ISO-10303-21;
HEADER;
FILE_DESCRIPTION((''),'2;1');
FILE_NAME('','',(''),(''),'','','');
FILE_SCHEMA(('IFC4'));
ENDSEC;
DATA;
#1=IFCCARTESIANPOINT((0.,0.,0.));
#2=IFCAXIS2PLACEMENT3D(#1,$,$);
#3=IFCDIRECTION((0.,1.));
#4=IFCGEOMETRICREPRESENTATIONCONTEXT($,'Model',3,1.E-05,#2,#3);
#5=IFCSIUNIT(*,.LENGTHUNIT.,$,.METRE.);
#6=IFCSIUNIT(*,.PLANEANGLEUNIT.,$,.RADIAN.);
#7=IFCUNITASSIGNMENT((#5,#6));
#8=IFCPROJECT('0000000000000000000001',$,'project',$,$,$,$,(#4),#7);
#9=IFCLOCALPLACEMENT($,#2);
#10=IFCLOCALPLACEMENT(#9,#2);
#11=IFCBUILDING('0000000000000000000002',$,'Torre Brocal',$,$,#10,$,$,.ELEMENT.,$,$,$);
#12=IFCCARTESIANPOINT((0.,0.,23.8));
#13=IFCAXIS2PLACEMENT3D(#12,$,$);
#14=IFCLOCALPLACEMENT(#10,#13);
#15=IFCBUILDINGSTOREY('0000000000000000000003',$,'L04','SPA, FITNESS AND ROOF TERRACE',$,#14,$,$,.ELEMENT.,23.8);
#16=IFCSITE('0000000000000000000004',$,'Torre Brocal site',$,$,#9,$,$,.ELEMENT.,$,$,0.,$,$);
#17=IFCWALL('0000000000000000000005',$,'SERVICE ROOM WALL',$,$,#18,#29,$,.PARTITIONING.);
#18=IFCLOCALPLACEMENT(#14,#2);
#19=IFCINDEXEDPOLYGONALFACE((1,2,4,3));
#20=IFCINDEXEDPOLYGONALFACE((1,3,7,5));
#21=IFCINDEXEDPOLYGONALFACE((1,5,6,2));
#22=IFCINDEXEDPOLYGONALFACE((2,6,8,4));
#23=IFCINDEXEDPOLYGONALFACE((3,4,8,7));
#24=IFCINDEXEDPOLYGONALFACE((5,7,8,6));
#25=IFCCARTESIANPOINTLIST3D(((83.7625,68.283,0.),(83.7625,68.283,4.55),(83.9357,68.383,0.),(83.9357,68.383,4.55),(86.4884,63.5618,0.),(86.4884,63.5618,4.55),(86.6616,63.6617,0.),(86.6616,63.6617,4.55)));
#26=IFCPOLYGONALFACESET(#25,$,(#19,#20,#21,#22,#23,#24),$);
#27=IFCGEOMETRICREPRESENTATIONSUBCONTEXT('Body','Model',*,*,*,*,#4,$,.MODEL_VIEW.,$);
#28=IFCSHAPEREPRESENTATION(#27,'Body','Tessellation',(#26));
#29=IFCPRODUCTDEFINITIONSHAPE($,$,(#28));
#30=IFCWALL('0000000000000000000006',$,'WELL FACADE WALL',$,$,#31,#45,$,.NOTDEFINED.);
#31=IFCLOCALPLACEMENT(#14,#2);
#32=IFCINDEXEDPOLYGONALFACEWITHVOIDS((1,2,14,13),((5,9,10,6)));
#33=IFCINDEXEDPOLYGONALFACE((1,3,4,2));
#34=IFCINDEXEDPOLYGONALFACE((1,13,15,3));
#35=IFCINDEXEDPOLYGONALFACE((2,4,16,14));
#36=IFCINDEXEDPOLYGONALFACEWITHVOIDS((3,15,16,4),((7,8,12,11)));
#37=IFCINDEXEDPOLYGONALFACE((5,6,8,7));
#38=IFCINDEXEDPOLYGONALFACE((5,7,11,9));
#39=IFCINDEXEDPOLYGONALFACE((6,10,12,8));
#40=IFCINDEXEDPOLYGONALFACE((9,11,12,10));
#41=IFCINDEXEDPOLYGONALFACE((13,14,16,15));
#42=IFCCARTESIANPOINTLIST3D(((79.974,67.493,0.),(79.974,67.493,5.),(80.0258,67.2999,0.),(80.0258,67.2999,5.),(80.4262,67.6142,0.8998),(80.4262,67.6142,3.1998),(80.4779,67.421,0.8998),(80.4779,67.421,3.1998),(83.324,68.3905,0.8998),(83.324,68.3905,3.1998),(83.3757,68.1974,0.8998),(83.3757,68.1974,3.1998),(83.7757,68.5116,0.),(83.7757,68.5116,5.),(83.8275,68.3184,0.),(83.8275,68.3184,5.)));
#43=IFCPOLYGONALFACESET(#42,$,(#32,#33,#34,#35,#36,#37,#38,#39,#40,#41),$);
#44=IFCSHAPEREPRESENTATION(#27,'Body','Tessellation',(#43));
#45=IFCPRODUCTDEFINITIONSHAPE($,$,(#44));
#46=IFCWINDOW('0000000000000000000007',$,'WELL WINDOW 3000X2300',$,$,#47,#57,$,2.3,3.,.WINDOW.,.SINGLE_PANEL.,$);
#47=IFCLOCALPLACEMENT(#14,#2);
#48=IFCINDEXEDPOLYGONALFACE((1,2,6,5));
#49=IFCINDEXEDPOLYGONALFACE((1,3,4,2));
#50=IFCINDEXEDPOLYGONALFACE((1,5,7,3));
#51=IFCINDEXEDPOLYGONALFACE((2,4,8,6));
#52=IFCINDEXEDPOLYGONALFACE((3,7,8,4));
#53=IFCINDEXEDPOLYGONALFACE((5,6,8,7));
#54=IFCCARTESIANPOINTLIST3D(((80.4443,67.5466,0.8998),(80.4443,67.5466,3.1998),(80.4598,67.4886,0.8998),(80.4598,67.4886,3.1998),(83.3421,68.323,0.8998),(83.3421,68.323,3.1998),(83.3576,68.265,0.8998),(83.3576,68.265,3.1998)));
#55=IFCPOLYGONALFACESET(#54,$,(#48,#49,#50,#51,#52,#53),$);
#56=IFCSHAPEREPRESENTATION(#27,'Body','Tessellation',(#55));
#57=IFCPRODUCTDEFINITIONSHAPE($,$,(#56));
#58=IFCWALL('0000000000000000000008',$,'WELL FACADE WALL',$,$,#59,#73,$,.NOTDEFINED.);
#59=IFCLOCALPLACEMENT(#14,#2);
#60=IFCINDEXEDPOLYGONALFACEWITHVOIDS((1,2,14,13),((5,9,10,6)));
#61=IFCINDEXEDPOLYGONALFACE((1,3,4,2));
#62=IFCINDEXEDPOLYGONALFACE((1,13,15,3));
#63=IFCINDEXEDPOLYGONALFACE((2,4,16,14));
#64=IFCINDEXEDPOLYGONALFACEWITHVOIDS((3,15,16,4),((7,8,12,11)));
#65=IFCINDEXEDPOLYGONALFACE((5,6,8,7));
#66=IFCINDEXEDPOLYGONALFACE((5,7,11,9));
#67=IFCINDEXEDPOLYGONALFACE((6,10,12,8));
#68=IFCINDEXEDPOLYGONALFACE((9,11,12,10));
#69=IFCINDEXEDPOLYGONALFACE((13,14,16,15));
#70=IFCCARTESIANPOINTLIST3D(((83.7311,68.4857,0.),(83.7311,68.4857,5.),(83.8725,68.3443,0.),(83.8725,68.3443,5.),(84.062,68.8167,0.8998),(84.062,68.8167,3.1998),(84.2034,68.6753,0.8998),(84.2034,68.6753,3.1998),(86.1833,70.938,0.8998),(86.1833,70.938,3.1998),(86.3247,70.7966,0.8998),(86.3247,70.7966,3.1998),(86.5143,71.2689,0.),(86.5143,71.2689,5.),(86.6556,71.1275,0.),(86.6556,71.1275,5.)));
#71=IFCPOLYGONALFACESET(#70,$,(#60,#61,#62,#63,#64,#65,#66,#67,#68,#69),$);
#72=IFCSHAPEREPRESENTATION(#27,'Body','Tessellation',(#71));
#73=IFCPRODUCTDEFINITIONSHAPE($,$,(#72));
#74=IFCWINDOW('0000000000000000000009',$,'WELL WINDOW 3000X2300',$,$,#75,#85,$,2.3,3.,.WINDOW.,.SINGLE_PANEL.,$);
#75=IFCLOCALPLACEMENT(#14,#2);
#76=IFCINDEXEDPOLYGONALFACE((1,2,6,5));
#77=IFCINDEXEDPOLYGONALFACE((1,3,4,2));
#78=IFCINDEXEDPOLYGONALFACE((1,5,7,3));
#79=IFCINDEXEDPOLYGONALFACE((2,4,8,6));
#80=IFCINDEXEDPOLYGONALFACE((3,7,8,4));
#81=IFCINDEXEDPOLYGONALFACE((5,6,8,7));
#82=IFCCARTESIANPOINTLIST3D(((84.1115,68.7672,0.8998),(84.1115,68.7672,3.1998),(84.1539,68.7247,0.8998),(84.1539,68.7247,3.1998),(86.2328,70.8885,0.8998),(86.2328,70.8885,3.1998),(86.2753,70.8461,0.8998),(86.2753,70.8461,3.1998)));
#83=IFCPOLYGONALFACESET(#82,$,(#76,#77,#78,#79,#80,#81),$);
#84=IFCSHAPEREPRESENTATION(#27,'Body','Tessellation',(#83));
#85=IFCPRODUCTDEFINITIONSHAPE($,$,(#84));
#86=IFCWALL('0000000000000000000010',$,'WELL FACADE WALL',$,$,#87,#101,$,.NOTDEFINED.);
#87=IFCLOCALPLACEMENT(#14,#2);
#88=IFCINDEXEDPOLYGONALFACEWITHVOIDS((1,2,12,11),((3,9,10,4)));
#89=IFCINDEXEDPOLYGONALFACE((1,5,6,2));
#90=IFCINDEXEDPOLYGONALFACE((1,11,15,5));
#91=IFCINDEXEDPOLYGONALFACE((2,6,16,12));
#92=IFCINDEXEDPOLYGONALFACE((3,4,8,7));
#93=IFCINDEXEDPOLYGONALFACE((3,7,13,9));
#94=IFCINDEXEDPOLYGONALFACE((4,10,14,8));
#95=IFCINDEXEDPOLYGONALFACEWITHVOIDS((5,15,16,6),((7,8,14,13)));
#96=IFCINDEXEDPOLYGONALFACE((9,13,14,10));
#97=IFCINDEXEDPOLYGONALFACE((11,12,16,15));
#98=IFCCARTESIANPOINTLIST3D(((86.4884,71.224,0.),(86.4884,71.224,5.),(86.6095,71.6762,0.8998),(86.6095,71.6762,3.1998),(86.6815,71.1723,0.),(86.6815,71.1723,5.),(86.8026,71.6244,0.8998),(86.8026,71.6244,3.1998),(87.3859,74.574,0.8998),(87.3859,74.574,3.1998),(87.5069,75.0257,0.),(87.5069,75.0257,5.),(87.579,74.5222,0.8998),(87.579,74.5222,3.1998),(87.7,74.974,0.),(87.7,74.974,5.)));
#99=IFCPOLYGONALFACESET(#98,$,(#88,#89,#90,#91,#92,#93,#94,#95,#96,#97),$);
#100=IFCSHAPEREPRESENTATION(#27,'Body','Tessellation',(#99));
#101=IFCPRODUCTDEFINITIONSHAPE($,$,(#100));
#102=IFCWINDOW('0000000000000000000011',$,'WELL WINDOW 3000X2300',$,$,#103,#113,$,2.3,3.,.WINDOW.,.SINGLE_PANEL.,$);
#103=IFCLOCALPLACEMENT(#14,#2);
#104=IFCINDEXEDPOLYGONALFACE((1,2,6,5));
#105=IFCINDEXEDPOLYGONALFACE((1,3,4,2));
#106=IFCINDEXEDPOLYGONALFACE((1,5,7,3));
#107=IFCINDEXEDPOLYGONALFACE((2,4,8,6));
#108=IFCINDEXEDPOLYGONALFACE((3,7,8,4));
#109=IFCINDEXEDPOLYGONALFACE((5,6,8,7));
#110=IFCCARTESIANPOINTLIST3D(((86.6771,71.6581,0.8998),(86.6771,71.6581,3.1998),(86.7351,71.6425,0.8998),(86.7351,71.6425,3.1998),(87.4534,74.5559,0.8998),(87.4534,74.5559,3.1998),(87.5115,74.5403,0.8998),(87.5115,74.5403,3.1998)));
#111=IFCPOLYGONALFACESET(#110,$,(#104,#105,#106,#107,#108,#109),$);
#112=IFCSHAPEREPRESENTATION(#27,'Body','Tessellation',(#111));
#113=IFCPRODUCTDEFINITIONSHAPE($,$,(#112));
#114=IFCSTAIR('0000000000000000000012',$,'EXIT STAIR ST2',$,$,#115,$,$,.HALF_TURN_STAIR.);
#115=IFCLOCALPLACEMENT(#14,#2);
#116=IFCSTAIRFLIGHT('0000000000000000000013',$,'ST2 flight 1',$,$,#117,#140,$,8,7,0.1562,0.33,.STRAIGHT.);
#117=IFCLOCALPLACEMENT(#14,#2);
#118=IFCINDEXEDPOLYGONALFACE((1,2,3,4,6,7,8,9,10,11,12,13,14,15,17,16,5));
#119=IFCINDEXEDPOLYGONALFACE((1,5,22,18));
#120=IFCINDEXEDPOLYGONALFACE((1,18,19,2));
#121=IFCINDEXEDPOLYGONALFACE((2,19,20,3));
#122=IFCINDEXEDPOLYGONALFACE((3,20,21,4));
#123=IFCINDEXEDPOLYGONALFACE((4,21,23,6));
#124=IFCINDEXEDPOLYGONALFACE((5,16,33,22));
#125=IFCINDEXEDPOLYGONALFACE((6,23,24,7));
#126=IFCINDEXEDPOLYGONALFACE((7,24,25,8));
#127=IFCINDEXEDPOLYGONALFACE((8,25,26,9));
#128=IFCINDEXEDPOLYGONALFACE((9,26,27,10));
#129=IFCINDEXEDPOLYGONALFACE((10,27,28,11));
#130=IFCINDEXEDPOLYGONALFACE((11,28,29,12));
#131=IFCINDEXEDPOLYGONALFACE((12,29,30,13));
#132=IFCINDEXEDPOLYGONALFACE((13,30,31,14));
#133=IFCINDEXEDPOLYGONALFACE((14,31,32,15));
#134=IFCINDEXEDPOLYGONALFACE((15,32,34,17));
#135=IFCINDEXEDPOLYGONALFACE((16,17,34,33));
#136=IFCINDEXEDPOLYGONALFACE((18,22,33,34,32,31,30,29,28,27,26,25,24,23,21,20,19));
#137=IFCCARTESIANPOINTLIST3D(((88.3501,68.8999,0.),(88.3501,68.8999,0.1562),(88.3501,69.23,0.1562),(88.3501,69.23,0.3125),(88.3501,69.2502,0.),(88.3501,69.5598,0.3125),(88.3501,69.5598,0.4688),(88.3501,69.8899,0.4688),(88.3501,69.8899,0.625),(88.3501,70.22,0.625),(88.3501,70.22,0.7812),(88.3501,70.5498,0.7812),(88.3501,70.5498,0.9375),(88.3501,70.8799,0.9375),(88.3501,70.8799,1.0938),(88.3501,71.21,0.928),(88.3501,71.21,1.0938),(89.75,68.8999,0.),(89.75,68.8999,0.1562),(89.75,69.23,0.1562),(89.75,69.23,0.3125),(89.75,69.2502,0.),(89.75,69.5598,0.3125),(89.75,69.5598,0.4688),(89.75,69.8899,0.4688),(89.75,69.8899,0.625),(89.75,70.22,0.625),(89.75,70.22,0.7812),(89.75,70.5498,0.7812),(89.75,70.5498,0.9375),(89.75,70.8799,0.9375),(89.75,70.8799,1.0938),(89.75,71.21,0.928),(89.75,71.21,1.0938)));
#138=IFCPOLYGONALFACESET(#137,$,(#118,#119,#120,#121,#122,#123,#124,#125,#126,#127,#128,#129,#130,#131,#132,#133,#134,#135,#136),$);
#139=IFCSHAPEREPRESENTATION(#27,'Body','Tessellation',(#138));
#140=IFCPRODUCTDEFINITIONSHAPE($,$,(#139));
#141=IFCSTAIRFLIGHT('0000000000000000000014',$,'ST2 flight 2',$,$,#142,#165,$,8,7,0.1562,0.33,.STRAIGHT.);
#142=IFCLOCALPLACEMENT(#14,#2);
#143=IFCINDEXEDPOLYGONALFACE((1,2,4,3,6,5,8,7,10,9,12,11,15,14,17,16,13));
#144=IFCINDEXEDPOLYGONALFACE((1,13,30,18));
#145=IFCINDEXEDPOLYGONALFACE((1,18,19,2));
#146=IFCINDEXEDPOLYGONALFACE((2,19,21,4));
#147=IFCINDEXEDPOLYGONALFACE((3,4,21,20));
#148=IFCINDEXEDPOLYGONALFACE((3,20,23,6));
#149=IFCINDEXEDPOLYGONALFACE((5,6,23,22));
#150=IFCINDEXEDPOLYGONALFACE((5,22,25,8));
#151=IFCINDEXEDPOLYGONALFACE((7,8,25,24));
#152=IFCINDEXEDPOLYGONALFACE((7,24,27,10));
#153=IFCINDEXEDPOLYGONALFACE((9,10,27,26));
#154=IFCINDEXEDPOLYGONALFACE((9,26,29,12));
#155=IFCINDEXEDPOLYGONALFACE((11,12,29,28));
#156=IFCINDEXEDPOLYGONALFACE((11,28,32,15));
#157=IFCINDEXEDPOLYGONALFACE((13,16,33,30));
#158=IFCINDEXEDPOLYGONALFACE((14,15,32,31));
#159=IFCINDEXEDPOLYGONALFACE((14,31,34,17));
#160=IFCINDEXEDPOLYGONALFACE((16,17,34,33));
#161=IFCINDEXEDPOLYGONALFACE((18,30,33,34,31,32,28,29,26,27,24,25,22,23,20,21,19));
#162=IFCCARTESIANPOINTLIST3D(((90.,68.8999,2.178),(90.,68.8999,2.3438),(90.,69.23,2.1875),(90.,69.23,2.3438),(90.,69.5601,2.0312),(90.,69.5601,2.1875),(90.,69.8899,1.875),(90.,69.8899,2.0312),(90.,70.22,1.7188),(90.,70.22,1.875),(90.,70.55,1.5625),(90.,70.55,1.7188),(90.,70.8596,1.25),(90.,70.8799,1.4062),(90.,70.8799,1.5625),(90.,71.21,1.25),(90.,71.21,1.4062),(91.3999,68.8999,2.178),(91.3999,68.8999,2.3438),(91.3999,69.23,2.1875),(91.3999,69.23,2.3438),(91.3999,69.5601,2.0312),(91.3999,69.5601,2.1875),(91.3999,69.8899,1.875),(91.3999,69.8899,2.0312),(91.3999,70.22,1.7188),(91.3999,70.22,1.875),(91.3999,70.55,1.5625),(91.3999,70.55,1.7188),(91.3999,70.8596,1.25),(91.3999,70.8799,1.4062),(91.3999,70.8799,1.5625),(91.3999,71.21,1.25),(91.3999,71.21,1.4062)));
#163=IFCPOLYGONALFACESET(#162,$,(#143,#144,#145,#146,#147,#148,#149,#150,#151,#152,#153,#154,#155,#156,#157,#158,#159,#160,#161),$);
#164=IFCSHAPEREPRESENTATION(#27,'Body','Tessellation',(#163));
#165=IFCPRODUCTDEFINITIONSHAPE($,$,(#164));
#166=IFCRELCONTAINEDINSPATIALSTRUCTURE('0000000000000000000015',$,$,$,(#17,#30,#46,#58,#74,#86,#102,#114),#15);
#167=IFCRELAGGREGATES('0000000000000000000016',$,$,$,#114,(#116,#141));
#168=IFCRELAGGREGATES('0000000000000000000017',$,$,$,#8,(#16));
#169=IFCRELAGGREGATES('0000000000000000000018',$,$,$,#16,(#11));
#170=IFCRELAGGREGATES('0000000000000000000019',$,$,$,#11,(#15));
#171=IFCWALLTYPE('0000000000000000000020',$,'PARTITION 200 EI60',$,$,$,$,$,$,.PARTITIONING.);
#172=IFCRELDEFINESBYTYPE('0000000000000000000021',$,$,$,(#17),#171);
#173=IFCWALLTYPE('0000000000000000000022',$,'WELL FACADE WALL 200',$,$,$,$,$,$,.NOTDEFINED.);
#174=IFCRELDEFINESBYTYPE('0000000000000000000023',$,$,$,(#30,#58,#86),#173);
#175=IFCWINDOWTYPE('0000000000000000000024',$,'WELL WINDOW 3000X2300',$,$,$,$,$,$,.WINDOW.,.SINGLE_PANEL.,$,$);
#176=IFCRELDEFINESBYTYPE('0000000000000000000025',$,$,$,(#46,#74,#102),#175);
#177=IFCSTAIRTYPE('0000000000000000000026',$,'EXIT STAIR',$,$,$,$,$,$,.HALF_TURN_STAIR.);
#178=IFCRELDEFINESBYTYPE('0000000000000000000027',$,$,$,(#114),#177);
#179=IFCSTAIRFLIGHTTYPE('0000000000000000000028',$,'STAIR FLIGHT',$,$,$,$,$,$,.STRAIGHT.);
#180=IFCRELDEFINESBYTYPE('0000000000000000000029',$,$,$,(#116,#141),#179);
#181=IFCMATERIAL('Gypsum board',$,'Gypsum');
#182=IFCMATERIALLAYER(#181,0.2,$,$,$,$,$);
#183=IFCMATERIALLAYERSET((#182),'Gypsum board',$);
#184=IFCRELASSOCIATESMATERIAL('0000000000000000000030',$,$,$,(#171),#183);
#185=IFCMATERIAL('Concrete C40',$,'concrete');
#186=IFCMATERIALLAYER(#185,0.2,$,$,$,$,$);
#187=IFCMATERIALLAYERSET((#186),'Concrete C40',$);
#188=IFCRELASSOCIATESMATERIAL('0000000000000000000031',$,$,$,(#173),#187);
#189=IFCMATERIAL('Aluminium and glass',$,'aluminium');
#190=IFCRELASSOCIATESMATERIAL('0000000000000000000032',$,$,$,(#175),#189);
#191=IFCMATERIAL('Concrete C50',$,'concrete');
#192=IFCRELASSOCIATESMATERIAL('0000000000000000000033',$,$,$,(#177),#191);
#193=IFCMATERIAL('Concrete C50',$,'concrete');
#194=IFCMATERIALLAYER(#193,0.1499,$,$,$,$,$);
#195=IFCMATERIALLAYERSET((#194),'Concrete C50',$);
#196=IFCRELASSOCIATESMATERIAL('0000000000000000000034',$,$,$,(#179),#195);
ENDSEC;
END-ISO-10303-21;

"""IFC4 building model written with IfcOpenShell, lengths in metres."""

from ifc_helpers import new_model, si_unit, direction, frame, frame_2d, origin, place, context, subcontext, project, spatial, polyline, rectangle, outline, extrude, material, layer, layer_set, type_object, element, fill, aggregate, save


model = new_model("IFC4")

# Units and contexts
model_context = context("Model", 3, precision=1e-05, world=origin(), true_north=direction((0.0, 1.0)))
body_context = subcontext(model_context, "Body", "Model", "MODEL_VIEW")
ifc_project = project(units=[si_unit("LENGTHUNIT", "METRE"), si_unit("PLANEANGLEUNIT", "RADIAN")], contexts=[model_context])

# Site, building, storey
site_placement = place(None, origin())
site = spatial("IfcSite", under=ifc_project, at=site_placement, Name="Torre Brocal site", CompositionType="ELEMENT", RefElevation=0.0)
building_placement = place(site_placement, origin())
building = spatial("IfcBuilding", under=site, at=building_placement, Name="Torre Brocal", CompositionType="ELEMENT")
storey_placement = place(building_placement, frame((0.0, 0.0, 23.8)))
storey = spatial("IfcBuildingStorey", under=building, at=storey_placement, Name="L04", Description="SPA, FITNESS AND ROOF TERRACE", CompositionType="ELEMENT", Elevation=23.8)

# Wall
ifc_material_1 = material(Name="Gypsum board", Category="Gypsum")
ifc_layer_1 = layer(ifc_material_1, 0.2)
ifc_layer_set_1 = layer_set([ifc_layer_1], Name="Gypsum board")
wall_type_1 = type_object("IfcWallType", Name="PARTITION 200 EI60", PredefinedType="PARTITIONING", material=ifc_layer_set_1)
wall_1_placement = place(storey_placement, frame((83.8491, 68.333, 0.0), z_axis=(0.0, 0.0, 1.0), x_axis=(0.500007, -0.866022, 0.0)))
element("IfcWall", 1, at=wall_1_placement, inside=storey, type_object=wall_type_1, Name="SERVICE ROOM WALL", PredefinedType="PARTITIONING", context=body_context, shape_type="SweptSolid", body=[
    extrude(rectangle(XDim=5.4517, YDim=0.2, at=frame_2d((2.7258, 0.0))), origin(), (0.0, 0.0, 1.0), 4.55),
])

# Walls, openings, windows
ifc_material_2 = material(Name="Concrete C40", Category="concrete")
ifc_layer_2 = layer(ifc_material_2, 0.2)
ifc_layer_set_2 = layer_set([ifc_layer_2], Name="Concrete C40")
wall_type_2 = type_object("IfcWallType", Name="WELL FACADE WALL 200", PredefinedType="NOTDEFINED", material=ifc_layer_set_2)
wall_2_placement = place(storey_placement, frame((80.0, 67.3965, 0.0), z_axis=(0.0, 0.0, 1.0), x_axis=(0.965934, 0.25879, 0.0)))
wall_2 = element("IfcWall", 2, at=wall_2_placement, inside=storey, type_object=wall_type_2, Name="WELL FACADE WALL", PredefinedType="NOTDEFINED", context=body_context, shape_type="SweptSolid", body=[
    extrude(rectangle(XDim=3.9358, YDim=0.2, at=frame_2d((1.9678, 0.0))), origin(), (0.0, 0.0, 1.0), 5.0),
])
opening_1_placement = place(wall_2_placement, frame((0.468, 0.0, 0.8999)))
opening_1 = element("IfcOpeningElement", 3, at=opening_1_placement, cuts=wall_2, PredefinedType="OPENING", context=body_context, shape_type="SweptSolid", body=[
    extrude(rectangle(XDim=3.0, YDim=2.3, at=frame_2d((1.5, 1.1499))), frame((0.0, 0.1099, 0.0), z_axis=(0.0, -1.0, 0.0), x_axis=(1.0, 0.0, 0.0)), (0.0, 0.0, 1.0), 0.22),
])
ifc_material_3 = material(Name="Aluminium and glass", Category="aluminium")
window_type = type_object("IfcWindowType", Name="WELL WINDOW 3000X2300", PartitioningType="SINGLE_PANEL", PredefinedType="WINDOW", material=ifc_material_3)
window_1_placement = place(opening_1_placement, origin())
window_1 = element("IfcWindow", 4, at=window_1_placement, inside=storey, type_object=window_type, Name="WELL WINDOW 3000X2300", OverallHeight=2.3, OverallWidth=3.0, PartitioningType="SINGLE_PANEL", PredefinedType="WINDOW", context=body_context, shape_type="SweptSolid", body=[
    extrude(rectangle(XDim=3.0, YDim=2.3, at=frame_2d((1.5, 1.1499))), frame((0.0, 0.03, 0.0), z_axis=(0.0, -1.0, 0.0), x_axis=(1.0, 0.0, 0.0)), (0.0, 0.0, 1.0), 0.0601),
])
fill(opening_1, window_1)
wall_3_placement = place(storey_placement, frame((83.8018, 68.415, 0.0), z_axis=(0.0, 0.0, 1.0), x_axis=(0.707107, 0.707107, 0.0)))
wall_3 = element("IfcWall", 5, at=wall_3_placement, inside=storey, type_object=wall_type_2, Name="WELL FACADE WALL", PredefinedType="NOTDEFINED", context=body_context, shape_type="SweptSolid", body=[
    extrude(rectangle(XDim=3.936, YDim=0.2, at=frame_2d((1.968, 0.0))), origin(), (0.0, 0.0, 1.0), 5.0),
])
opening_2_placement = place(wall_3_placement, frame((0.468, 0.0, 0.8999)))
opening_2 = element("IfcOpeningElement", 6, at=opening_2_placement, cuts=wall_3, PredefinedType="OPENING", context=body_context, shape_type="SweptSolid", body=[
    extrude(rectangle(XDim=3.0, YDim=2.3, at=frame_2d((1.5, 1.1499))), frame((0.0, 0.1099, 0.0), z_axis=(0.0, -1.0, 0.0), x_axis=(1.0, 0.0, 0.0)), (0.0, 0.0, 1.0), 0.22),
])
window_2_placement = place(opening_2_placement, origin())
window_2 = element("IfcWindow", 7, at=window_2_placement, inside=storey, type_object=window_type, Name="WELL WINDOW 3000X2300", OverallHeight=2.3, OverallWidth=3.0, PartitioningType="SINGLE_PANEL", PredefinedType="WINDOW", context=body_context, shape_type="SweptSolid", body=[
    extrude(rectangle(XDim=3.0, YDim=2.3, at=frame_2d((1.5, 1.1499))), frame((0.0, 0.03, 0.0), z_axis=(0.0, -1.0, 0.0), x_axis=(1.0, 0.0, 0.0)), (0.0, 0.0, 1.0), 0.0601),
])
fill(opening_2, window_2)
wall_4_placement = place(storey_placement, frame((86.585, 71.1982, 0.0), z_axis=(0.0, 0.0, 1.0), x_axis=(0.25879, 0.965934, 0.0)))
wall_4 = element("IfcWall", 8, at=wall_4_placement, inside=storey, type_object=wall_type_2, Name="WELL FACADE WALL", PredefinedType="NOTDEFINED", context=body_context, shape_type="SweptSolid", body=[
    extrude(rectangle(XDim=3.9358, YDim=0.2, at=frame_2d((1.9678, 0.0))), origin(), (0.0, 0.0, 1.0), 5.0),
])
opening_3_placement = place(wall_4_placement, frame((0.468, 0.0, 0.8999)))
opening_3 = element("IfcOpeningElement", 9, at=opening_3_placement, cuts=wall_4, PredefinedType="OPENING", context=body_context, shape_type="SweptSolid", body=[
    extrude(rectangle(XDim=3.0, YDim=2.3, at=frame_2d((1.5, 1.1499))), frame((0.0, 0.1099, 0.0), z_axis=(0.0, -1.0, 0.0), x_axis=(1.0, 0.0, 0.0)), (0.0, 0.0, 1.0), 0.22),
])
window_3_placement = place(opening_3_placement, origin())
window_3 = element("IfcWindow", 10, at=window_3_placement, inside=storey, type_object=window_type, Name="WELL WINDOW 3000X2300", OverallHeight=2.3, OverallWidth=3.0, PartitioningType="SINGLE_PANEL", PredefinedType="WINDOW", context=body_context, shape_type="SweptSolid", body=[
    extrude(rectangle(XDim=3.0, YDim=2.3, at=frame_2d((1.5, 1.1499))), frame((0.0, 0.03, 0.0), z_axis=(0.0, -1.0, 0.0), x_axis=(1.0, 0.0, 0.0)), (0.0, 0.0, 1.0), 0.0601),
])
fill(opening_3, window_3)

# Stair, stair flights
ifc_material_4 = material(Name="Concrete C50", Category="concrete")
stair_type = type_object("IfcStairType", Name="EXIT STAIR", PredefinedType="HALF_TURN_STAIR", material=ifc_material_4)
stair_placement = place(storey_placement, origin())
stair = element("IfcStair", 11, at=stair_placement, inside=storey, type_object=stair_type, Name="EXIT STAIR ST2", PredefinedType="HALF_TURN_STAIR")
ifc_material_5 = material(Name="Concrete C50", Category="concrete")
ifc_layer_3 = layer(ifc_material_5, 0.1499)
ifc_layer_set_3 = layer_set([ifc_layer_3], Name="Concrete C50")
stair_flight_type = type_object("IfcStairFlightType", Name="STAIR FLIGHT", PredefinedType="STRAIGHT", material=ifc_layer_set_3)
stair_flight_1_placement = place(storey_placement, frame((89.05, 68.8999, 0.0), z_axis=(0.0, 0.0, 1.0), x_axis=(0.0, 1.0, 0.0)))
stair_flight_1 = element("IfcStairFlight", 12, at=stair_flight_1_placement, type_object=stair_flight_type, Name="ST2 flight 1", NumberOfRisers=8, NumberOfTreads=7, PredefinedType="STRAIGHT", RiserHeight=0.1562, TreadLength=0.33, context=body_context, shape_type="SweptSolid", body=[
    extrude(outline(polyline([(0.0, 0.0), (0.0, 0.1562), (0.3301, 0.1562), (0.3301, 0.3125), (0.6599, 0.3125), (0.6599, 0.4688), (0.99, 0.4688), (0.99, 0.625), (1.3201, 0.625), (1.3201, 0.7812), (1.6499, 0.7812), (1.6499, 0.9375), (1.98, 0.9375), (1.98, 1.0938), (2.3101, 1.0938), (2.3101, 1.25), (2.3101, 0.928), (0.3503, 0.0), (0.0, 0.0)])), frame((0.0, 0.7, 0.0), z_axis=(0.0, -1.0, 0.0), x_axis=(1.0, 0.0, 0.0)), (0.0, 0.0, 1.0), 1.3999),
])
stair_flight_2_placement = place(storey_placement, frame((90.7, 71.21, 1.25), z_axis=(0.0, 0.0, 1.0), x_axis=(0.0, -1.0, 0.0)))
stair_flight_2 = element("IfcStairFlight", 13, at=stair_flight_2_placement, type_object=stair_flight_type, Name="ST2 flight 2", NumberOfRisers=8, NumberOfTreads=7, PredefinedType="STRAIGHT", RiserHeight=0.1562, TreadLength=0.33, context=body_context, shape_type="SweptSolid", body=[
    extrude(outline(polyline([(0.0, 0.0), (0.0, 0.1562), (0.3301, 0.1562), (0.3301, 0.3125), (0.6599, 0.3125), (0.6599, 0.4688), (0.99, 0.4688), (0.99, 0.625), (1.3201, 0.625), (1.3201, 0.7812), (1.6499, 0.7812), (1.6499, 0.9375), (1.98, 0.9375), (1.98, 1.0938), (2.3101, 1.0938), (2.3101, 1.25), (2.3101, 0.928), (0.3503, 0.0), (0.0, 0.0)])), frame((0.0, 0.7, 0.0), z_axis=(0.0, -1.0, 0.0), x_axis=(1.0, 0.0, 0.0)), (0.0, 0.0, 1.0), 1.3999),
])
aggregate(stair, [stair_flight_1, stair_flight_2])

save(model, "model.ifc")
